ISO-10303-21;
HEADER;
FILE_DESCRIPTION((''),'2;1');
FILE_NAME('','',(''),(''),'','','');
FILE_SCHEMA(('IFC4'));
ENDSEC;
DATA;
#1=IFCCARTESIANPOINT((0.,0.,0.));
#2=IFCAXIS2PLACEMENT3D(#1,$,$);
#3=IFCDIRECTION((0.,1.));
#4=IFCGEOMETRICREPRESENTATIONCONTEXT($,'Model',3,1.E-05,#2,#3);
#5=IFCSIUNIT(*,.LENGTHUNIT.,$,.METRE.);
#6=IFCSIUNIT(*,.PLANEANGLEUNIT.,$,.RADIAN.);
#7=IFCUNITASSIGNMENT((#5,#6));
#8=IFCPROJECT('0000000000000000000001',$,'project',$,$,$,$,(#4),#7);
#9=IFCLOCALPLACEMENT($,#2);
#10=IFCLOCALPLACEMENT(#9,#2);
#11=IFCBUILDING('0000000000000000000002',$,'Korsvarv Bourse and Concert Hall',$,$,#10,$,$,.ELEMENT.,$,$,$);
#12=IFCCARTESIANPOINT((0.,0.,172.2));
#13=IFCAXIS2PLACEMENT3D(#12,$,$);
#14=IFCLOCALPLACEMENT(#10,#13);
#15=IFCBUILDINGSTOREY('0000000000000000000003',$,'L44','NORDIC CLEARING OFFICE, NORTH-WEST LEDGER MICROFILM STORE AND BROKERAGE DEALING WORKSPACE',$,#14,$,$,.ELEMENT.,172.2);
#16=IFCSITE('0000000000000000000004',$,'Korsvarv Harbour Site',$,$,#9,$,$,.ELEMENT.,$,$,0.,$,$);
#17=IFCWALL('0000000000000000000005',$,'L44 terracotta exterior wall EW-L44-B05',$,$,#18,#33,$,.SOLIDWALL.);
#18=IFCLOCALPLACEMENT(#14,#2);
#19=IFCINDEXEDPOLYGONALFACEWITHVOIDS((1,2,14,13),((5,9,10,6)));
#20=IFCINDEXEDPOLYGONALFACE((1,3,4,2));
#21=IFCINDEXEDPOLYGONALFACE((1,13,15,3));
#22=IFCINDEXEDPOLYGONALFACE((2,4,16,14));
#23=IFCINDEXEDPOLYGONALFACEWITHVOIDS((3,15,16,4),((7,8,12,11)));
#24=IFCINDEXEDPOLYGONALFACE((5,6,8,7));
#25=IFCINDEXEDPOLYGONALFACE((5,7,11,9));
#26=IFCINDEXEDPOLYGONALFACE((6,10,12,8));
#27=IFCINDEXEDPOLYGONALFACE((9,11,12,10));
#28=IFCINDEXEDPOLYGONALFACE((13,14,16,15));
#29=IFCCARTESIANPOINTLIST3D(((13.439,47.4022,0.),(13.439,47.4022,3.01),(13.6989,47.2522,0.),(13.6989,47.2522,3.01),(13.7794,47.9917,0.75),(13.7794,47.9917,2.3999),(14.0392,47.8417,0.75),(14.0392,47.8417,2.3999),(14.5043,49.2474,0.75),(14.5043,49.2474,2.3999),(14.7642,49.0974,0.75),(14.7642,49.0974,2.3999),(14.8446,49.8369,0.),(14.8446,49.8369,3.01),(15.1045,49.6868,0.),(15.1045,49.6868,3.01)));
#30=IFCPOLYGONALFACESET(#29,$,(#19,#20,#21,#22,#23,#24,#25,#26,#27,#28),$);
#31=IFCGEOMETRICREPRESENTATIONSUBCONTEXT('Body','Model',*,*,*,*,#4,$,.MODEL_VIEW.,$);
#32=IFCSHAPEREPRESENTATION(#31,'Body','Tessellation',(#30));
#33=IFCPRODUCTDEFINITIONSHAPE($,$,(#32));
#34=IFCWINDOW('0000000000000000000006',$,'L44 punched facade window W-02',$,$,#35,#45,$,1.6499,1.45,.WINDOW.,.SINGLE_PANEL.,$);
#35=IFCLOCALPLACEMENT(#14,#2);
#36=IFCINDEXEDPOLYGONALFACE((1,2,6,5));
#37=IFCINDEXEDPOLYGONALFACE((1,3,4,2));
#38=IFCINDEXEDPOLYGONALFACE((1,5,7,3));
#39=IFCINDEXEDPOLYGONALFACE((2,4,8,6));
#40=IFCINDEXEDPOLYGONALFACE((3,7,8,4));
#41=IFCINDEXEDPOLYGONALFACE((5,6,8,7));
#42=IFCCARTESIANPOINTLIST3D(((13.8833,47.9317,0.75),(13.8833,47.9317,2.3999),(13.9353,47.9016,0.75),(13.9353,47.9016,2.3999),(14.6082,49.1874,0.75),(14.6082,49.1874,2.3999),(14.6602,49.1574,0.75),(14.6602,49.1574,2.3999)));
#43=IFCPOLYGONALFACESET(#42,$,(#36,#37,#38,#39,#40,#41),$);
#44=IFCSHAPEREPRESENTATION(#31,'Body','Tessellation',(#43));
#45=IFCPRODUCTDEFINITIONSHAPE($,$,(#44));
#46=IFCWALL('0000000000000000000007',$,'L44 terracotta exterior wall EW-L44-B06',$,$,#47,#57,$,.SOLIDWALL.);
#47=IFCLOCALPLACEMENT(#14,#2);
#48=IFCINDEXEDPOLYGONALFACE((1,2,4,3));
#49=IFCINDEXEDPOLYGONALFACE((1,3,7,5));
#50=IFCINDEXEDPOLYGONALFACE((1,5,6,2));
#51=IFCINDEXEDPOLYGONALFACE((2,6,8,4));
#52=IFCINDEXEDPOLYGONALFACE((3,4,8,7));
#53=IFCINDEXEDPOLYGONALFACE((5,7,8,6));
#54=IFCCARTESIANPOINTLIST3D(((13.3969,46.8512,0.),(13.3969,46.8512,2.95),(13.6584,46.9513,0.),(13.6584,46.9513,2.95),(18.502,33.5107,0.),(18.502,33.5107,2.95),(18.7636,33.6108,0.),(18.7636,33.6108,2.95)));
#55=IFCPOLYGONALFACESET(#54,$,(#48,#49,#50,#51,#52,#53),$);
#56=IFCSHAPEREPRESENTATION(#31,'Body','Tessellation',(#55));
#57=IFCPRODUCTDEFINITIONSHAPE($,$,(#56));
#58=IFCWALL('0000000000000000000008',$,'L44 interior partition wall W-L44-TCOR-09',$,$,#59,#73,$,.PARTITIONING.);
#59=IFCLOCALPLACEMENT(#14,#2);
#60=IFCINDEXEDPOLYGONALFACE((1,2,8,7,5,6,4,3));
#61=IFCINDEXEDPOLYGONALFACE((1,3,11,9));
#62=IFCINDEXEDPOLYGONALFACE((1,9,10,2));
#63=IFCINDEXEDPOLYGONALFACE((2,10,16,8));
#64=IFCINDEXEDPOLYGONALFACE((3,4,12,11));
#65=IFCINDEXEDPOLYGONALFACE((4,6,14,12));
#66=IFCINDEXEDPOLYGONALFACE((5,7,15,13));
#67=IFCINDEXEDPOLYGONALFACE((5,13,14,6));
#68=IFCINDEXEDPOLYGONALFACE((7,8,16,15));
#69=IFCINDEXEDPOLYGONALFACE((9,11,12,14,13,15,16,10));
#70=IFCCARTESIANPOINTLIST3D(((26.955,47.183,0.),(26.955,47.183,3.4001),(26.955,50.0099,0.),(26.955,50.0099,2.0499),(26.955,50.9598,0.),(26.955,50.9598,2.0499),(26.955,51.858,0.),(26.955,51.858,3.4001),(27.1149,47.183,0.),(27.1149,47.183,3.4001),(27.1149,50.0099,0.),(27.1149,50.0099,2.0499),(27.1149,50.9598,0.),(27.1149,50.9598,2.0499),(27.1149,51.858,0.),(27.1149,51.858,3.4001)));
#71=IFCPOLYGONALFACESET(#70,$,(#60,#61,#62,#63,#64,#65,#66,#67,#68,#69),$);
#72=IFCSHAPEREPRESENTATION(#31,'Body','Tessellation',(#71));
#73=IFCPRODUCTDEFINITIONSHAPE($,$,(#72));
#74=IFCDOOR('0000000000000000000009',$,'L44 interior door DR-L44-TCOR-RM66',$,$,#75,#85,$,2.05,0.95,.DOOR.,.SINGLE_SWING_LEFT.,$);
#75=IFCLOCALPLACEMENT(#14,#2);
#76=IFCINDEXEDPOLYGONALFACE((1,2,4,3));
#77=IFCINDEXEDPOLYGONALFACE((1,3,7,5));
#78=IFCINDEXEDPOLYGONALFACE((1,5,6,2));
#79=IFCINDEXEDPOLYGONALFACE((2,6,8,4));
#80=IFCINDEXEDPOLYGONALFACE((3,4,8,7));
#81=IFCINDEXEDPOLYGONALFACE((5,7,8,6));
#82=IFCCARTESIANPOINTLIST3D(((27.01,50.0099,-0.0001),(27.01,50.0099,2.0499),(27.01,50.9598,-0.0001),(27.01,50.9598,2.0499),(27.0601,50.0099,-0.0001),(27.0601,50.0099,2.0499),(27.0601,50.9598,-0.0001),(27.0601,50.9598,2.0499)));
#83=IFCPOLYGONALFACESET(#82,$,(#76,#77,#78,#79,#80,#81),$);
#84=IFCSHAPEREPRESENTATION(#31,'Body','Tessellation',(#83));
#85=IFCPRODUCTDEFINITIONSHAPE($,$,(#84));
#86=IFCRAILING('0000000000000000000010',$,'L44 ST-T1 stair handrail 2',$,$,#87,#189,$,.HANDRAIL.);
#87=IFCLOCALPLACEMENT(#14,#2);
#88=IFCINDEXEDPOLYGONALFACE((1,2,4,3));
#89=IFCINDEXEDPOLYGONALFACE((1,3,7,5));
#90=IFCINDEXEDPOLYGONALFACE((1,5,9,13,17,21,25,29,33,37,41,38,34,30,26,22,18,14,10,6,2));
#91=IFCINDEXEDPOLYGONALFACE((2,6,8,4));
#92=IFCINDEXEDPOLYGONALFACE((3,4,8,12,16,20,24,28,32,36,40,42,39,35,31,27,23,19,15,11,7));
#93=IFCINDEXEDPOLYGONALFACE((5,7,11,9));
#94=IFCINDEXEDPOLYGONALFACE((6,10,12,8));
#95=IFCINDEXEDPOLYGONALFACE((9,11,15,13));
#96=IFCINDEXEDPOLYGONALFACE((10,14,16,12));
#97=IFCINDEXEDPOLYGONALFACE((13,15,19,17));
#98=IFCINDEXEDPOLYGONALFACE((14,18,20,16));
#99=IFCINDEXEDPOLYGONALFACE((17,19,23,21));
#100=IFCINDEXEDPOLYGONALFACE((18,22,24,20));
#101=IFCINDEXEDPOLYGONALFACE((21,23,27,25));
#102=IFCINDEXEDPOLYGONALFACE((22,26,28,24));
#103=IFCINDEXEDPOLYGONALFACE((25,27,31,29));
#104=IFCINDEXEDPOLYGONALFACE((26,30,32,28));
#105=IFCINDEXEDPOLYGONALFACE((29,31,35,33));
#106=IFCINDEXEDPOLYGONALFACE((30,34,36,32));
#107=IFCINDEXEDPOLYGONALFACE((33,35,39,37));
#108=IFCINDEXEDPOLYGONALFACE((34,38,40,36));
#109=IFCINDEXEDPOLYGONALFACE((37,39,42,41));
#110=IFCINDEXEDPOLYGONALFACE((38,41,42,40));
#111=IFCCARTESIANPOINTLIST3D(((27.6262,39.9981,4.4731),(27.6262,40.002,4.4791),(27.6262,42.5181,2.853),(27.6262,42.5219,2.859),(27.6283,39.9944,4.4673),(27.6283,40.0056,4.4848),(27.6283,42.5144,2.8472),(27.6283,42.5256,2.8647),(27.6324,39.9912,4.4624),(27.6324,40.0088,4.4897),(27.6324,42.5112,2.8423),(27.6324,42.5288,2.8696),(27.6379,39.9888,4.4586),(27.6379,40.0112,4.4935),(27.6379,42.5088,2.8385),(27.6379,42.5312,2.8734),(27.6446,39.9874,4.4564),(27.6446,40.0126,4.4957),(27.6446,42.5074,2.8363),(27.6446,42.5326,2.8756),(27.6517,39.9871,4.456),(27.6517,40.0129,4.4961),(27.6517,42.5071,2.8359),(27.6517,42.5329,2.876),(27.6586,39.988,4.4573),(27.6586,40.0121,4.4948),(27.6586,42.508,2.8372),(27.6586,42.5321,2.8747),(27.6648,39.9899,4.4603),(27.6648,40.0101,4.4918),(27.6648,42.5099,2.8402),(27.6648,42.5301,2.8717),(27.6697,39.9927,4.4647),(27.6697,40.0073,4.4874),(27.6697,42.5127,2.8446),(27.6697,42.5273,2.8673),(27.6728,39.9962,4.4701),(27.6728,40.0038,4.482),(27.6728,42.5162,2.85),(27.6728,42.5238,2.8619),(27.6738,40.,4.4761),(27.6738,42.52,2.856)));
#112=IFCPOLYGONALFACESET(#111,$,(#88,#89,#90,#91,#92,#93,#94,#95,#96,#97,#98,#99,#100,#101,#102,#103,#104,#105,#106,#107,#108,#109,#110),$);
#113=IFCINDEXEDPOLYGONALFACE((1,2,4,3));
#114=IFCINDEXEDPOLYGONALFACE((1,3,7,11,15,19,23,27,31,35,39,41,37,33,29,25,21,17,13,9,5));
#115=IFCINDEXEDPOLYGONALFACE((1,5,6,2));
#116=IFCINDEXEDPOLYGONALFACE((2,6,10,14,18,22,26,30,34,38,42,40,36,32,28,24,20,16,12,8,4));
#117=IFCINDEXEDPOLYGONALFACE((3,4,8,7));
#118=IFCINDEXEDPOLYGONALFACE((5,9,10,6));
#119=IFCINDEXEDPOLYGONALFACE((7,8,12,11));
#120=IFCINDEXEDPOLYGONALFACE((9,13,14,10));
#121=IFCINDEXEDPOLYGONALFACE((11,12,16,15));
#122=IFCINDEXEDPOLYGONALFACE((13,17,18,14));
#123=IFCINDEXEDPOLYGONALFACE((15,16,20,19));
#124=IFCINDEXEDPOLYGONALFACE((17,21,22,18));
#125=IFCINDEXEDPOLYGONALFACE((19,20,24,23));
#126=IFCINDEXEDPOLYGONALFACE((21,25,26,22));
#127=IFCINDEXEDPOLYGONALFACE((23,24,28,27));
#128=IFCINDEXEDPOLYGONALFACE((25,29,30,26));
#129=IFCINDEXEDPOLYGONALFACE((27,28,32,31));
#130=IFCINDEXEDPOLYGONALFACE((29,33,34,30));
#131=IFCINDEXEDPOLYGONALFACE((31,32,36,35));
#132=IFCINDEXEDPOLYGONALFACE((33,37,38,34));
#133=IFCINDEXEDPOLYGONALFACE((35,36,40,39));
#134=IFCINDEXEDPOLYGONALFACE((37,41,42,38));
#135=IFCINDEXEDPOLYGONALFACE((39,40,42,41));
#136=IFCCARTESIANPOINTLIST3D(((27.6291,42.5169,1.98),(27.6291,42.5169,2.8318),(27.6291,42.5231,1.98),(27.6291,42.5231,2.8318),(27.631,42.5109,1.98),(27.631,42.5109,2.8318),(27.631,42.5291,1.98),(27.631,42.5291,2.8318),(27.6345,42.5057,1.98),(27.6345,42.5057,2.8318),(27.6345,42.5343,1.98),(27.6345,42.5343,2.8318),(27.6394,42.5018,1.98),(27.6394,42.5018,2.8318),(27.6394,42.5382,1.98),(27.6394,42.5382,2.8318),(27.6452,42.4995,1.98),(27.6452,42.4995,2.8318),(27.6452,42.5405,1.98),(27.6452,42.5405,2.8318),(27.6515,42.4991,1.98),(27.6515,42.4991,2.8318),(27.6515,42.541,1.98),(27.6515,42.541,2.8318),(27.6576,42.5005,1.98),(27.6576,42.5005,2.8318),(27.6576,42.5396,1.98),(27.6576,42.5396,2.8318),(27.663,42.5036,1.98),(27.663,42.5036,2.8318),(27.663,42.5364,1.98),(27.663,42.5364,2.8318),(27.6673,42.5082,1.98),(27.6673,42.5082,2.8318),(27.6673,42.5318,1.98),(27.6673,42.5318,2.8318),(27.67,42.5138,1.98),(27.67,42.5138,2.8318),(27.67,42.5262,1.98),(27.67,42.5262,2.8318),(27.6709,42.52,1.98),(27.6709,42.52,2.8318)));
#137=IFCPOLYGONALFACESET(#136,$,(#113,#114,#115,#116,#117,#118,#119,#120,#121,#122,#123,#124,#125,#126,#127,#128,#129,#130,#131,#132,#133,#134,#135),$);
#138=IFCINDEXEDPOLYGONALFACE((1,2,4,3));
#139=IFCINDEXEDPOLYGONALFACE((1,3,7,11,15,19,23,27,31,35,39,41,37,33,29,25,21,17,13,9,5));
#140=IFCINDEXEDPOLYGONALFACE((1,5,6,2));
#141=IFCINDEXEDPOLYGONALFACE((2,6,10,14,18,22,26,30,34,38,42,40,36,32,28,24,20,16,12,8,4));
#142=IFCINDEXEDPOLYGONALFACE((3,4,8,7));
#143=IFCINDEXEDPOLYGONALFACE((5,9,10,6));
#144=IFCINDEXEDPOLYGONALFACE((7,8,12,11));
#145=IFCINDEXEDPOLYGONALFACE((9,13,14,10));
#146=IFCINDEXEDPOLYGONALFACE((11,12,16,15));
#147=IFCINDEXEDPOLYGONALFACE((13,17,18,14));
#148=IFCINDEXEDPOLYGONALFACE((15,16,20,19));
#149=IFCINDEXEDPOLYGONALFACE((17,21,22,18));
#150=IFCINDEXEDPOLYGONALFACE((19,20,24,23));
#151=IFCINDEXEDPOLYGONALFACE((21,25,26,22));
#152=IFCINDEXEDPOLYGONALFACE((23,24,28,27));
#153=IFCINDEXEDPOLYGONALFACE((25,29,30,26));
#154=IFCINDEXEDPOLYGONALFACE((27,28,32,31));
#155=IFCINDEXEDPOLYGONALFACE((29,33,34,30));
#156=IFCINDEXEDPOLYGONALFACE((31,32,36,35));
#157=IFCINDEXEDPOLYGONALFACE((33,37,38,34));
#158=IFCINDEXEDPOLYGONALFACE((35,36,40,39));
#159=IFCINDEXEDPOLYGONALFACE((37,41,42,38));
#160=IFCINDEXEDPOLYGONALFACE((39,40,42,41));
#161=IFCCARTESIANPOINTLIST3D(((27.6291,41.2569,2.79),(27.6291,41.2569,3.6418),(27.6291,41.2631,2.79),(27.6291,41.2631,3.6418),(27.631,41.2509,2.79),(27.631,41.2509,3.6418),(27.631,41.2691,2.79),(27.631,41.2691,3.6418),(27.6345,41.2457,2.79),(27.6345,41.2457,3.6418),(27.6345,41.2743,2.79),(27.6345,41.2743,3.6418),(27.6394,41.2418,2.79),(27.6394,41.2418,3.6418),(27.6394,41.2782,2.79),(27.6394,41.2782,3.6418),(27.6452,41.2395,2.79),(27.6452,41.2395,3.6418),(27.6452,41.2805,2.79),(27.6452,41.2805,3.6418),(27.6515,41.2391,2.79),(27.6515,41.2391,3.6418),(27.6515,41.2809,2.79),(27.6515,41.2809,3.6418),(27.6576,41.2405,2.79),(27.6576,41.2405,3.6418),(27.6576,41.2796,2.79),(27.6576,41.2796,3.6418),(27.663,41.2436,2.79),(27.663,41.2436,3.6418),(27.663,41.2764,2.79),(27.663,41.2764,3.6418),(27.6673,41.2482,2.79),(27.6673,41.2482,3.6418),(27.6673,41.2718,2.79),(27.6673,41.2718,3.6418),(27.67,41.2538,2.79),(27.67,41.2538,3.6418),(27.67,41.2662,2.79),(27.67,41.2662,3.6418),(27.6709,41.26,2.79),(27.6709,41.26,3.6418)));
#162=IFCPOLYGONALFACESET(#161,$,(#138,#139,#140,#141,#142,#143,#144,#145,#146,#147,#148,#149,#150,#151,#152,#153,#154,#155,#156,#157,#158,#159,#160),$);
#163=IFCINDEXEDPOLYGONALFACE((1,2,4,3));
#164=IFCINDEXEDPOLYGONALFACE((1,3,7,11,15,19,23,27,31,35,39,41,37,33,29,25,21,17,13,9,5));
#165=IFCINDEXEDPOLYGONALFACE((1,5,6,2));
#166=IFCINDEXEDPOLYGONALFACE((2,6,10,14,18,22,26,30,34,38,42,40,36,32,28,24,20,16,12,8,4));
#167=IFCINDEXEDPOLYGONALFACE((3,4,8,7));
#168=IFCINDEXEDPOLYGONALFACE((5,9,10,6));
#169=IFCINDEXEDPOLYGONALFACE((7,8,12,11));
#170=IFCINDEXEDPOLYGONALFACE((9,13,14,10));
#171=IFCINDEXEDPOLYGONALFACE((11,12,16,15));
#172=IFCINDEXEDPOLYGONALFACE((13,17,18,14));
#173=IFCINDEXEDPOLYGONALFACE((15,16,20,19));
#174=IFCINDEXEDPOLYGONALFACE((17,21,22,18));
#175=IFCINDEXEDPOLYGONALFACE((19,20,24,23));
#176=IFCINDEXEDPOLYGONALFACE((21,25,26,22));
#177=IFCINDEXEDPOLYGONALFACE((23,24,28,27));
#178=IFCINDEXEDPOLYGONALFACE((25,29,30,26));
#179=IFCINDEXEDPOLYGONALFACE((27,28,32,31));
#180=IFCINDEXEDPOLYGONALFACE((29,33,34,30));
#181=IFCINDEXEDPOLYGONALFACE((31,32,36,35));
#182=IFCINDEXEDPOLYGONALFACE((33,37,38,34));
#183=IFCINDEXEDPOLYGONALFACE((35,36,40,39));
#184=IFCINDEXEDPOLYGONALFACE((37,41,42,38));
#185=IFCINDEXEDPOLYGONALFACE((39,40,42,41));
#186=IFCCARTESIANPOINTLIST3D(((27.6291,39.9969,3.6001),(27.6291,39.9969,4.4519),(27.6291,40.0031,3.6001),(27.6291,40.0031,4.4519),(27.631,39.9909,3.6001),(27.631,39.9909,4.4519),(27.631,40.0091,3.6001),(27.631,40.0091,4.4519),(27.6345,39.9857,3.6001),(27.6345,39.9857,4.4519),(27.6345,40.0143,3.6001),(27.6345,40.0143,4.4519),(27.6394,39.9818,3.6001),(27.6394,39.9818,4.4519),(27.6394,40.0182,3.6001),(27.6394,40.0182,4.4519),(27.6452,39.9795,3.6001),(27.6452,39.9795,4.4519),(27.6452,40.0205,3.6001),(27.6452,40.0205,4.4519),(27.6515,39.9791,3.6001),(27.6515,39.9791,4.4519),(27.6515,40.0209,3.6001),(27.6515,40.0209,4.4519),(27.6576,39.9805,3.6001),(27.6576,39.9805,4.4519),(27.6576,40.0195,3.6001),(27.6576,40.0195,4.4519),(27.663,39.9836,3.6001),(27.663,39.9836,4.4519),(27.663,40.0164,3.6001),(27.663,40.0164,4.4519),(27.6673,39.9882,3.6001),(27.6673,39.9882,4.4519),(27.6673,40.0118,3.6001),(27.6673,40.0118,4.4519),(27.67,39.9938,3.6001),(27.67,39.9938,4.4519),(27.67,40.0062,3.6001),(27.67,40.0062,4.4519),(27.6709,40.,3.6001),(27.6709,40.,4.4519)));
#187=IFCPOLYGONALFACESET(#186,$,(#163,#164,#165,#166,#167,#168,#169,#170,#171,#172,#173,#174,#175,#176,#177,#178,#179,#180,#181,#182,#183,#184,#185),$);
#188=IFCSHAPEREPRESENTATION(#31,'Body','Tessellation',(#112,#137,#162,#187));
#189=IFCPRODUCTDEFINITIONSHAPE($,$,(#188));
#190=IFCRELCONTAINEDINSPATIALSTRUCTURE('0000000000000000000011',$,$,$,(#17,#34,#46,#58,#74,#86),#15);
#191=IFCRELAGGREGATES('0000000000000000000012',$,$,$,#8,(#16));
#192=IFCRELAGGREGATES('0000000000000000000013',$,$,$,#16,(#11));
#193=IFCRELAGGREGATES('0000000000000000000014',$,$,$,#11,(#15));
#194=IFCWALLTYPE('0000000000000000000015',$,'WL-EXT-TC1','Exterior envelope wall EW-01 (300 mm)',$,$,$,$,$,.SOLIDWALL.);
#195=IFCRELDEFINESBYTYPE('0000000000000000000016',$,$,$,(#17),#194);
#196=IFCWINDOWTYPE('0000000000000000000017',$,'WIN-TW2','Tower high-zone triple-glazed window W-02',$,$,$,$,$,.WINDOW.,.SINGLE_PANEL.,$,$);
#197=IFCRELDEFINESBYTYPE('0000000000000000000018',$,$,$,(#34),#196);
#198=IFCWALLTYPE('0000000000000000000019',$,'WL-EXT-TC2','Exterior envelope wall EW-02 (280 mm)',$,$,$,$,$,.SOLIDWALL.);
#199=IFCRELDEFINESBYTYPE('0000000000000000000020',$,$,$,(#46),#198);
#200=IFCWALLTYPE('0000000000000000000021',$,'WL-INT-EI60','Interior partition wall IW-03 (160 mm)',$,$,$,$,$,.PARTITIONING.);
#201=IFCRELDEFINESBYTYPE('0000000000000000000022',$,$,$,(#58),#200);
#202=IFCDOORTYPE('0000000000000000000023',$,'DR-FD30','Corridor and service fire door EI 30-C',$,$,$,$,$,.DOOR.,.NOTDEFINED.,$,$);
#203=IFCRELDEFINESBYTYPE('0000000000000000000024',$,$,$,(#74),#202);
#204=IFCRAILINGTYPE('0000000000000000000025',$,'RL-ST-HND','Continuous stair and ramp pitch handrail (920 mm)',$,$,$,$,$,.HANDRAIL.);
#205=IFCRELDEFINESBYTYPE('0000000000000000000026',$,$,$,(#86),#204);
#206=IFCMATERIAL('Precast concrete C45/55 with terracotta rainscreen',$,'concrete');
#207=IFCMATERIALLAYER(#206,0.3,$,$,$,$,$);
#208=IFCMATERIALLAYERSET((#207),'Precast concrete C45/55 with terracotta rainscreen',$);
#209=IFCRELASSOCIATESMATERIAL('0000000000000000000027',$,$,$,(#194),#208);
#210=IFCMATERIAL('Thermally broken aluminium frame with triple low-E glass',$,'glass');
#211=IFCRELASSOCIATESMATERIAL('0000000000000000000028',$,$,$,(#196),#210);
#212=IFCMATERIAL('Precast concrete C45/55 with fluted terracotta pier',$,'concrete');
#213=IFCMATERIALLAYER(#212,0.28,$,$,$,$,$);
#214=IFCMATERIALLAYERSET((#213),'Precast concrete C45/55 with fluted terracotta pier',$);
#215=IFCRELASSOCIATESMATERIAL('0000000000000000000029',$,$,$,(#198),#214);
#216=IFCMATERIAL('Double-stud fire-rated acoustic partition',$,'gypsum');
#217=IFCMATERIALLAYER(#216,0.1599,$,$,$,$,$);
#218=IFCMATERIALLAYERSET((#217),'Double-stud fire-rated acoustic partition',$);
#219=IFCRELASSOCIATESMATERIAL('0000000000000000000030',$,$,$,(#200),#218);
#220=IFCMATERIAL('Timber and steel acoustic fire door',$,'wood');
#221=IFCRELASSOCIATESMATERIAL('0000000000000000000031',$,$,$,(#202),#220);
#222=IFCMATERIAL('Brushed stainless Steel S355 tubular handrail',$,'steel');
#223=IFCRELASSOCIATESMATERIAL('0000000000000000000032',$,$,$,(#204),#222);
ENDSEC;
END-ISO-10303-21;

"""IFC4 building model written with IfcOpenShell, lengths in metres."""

from ifc_helpers import new_model, si_unit, direction, frame, frame_2d, origin, origin_2d, place, context, subcontext, project, spatial, rectangle, circle, extrude, material, layer, layer_set, type_object, element, fill, save


model = new_model("IFC4")

# Units and contexts
model_context = context("Model", 3, precision=1e-05, world=origin(), true_north=direction((0.0, 1.0)))
body_context = subcontext(model_context, "Body", "Model", "MODEL_VIEW")
ifc_project = project(units=[si_unit("LENGTHUNIT", "METRE"), si_unit("PLANEANGLEUNIT", "RADIAN")], contexts=[model_context])

# Site, building, storey
site_placement = place(None, origin())
site = spatial("IfcSite", under=ifc_project, at=site_placement, Name="Korsvarv Harbour Site", CompositionType="ELEMENT", RefElevation=0.0)
building_placement = place(site_placement, origin())
building = spatial("IfcBuilding", under=site, at=building_placement, Name="Korsvarv Bourse and Concert Hall", CompositionType="ELEMENT")
storey_placement = place(building_placement, frame((0.0, 0.0, 172.2)))
storey = spatial("IfcBuildingStorey", under=building, at=storey_placement, Name="L44", Description="NORDIC CLEARING OFFICE, NORTH-WEST LEDGER MICROFILM STORE AND BROKERAGE DEALING WORKSPACE", CompositionType="ELEMENT", Elevation=172.2)

# Wall, opening, window
ifc_material_1 = material(Name="Precast concrete C45/55 with terracotta rainscreen", Category="concrete")
ifc_layer_1 = layer(ifc_material_1, 0.3)
ifc_layer_set_1 = layer_set([ifc_layer_1], Name="Precast concrete C45/55 with terracotta rainscreen")
wall_type_1 = type_object("IfcWallType", Name="WL-EXT-TC1", Description="Exterior envelope wall EW-01 (300 mm)", PredefinedType="SOLIDWALL", material=ifc_layer_set_1)
wall_1_placement = place(storey_placement, frame((14.9746, 49.762, 0.0), z_axis=(0.0, 0.0, 1.0), x_axis=(-0.499978, -0.866038, 0.0)))
wall_1 = element("IfcWall", 1, at=wall_1_placement, inside=storey, type_object=wall_type_1, Name="L44 terracotta exterior wall EW-L44-B05", PredefinedType="SOLIDWALL", context=body_context, shape_type="SweptSolid", body=[
    extrude(rectangle(XDim=2.8113, YDim=0.3, at=frame_2d((1.4058, 0.0))), origin(), (0.0, 0.0, 1.0), 3.01),
])
opening_1_placement = place(wall_1_placement, frame((0.6807, 0.0, 0.75)))
opening_1 = element("IfcOpeningElement", 2, at=opening_1_placement, cuts=wall_1, PredefinedType="OPENING", context=body_context, shape_type="SweptSolid", body=[
    extrude(rectangle(XDim=1.45, YDim=1.6499, at=frame_2d((0.7251, 0.825))), frame((0.0, 0.1602, 0.0), z_axis=(0.0, -1.0, 0.0), x_axis=(1.0, 0.0, 0.0)), (0.0, 0.0, 1.0), 0.3201),
])
ifc_material_2 = material(Name="Thermally broken aluminium frame with triple low-E glass", Category="glass")
window_type = type_object("IfcWindowType", Name="WIN-TW2", Description="Tower high-zone triple-glazed window W-02", PartitioningType="SINGLE_PANEL", PredefinedType="WINDOW", material=ifc_material_2)
window_placement = place(opening_1_placement, origin())
window = element("IfcWindow", 3, at=window_placement, inside=storey, type_object=window_type, Name="L44 punched facade window W-02", OverallHeight=1.6499, OverallWidth=1.45, PartitioningType="SINGLE_PANEL", PredefinedType="WINDOW", context=body_context, shape_type="SweptSolid", body=[
    extrude(rectangle(XDim=1.45, YDim=1.6499, at=frame_2d((0.7251, 0.825))), frame((0.0, 0.03, 0.0), z_axis=(0.0, -1.0, 0.0), x_axis=(1.0, 0.0, 0.0)), (0.0, 0.0, 1.0), 0.0601),
])
fill(opening_1, window)

# Wall
ifc_material_3 = material(Name="Precast concrete C45/55 with fluted terracotta pier", Category="concrete")
ifc_layer_2 = layer(ifc_material_3, 0.28)
ifc_layer_set_2 = layer_set([ifc_layer_2], Name="Precast concrete C45/55 with fluted terracotta pier")
wall_type_2 = type_object("IfcWallType", Name="WL-EXT-TC2", Description="Exterior envelope wall EW-02 (280 mm)", PredefinedType="SOLIDWALL", material=ifc_layer_set_2)
wall_2_placement = place(storey_placement, frame((13.5276, 46.9014, 0.0), z_axis=(0.0, 0.0, 1.0), x_axis=(0.357407, -0.933949, 0.0)))
element("IfcWall", 4, at=wall_2_placement, inside=storey, type_object=wall_type_2, Name="L44 terracotta exterior wall EW-L44-B06", PredefinedType="SOLIDWALL", context=body_context, shape_type="SweptSolid", body=[
    extrude(rectangle(XDim=14.2839, YDim=0.28, at=frame_2d((7.1421, 0.0))), origin(), (0.0, 0.0, 1.0), 2.95),
])

# Wall, opening, door
ifc_material_4 = material(Name="Double-stud fire-rated acoustic partition", Category="gypsum")
ifc_layer_3 = layer(ifc_material_4, 0.1599)
ifc_layer_set_3 = layer_set([ifc_layer_3], Name="Double-stud fire-rated acoustic partition")
wall_type_3 = type_object("IfcWallType", Name="WL-INT-EI60", Description="Interior partition wall IW-03 (160 mm)", PredefinedType="PARTITIONING", material=ifc_layer_set_3)
wall_3_placement = place(storey_placement, frame((27.0349, 47.1831, 0.0), z_axis=(0.0, 0.0, 1.0), x_axis=(0.0, 1.0, 0.0)))
wall_3 = element("IfcWall", 5, at=wall_3_placement, inside=storey, type_object=wall_type_3, Name="L44 interior partition wall W-L44-TCOR-09", PredefinedType="PARTITIONING", context=body_context, shape_type="SweptSolid", body=[
    extrude(rectangle(XDim=4.675, YDim=0.1599, at=frame_2d((2.3374, 0.0))), origin(), (0.0, 0.0, 1.0), 3.4001),
])
opening_2_placement = place(wall_3_placement, frame((2.8267, 0.0, 0.0)))
opening_2 = element("IfcOpeningElement", 6, at=opening_2_placement, cuts=wall_3, PredefinedType="OPENING", context=body_context, shape_type="SweptSolid", body=[
    extrude(rectangle(XDim=0.95, YDim=2.05, at=frame_2d((0.4751, 1.0249))), frame((0.0, 0.0898, 0.0), z_axis=(0.0, -1.0, 0.0), x_axis=(1.0, 0.0, 0.0)), (0.0, 0.0, 1.0), 0.1799),
])
ifc_material_5 = material(Name="Timber and steel acoustic fire door", Category="wood")
door_type = type_object("IfcDoorType", Name="DR-FD30", Description="Corridor and service fire door EI 30-C", OperationType="NOTDEFINED", PredefinedType="DOOR", material=ifc_material_5)
door_placement = place(opening_2_placement, origin())
door = element("IfcDoor", 7, at=door_placement, inside=storey, type_object=door_type, Name="L44 interior door DR-L44-TCOR-RM66", OperationType="SINGLE_SWING_LEFT", OverallHeight=2.05, OverallWidth=0.95, PredefinedType="DOOR", context=body_context, shape_type="SweptSolid", body=[
    extrude(rectangle(XDim=0.95, YDim=2.05, at=frame_2d((0.4751, 1.0249))), frame((0.0, 0.0249, 0.0), z_axis=(0.0, -1.0, 0.0), x_axis=(1.0, 0.0, 0.0)), (0.0, 0.0, 1.0), 0.05),
])
fill(opening_2, door)

# Railing
ifc_material_6 = material(Name="Brushed stainless Steel S355 tubular handrail", Category="steel")
railing_type = type_object("IfcRailingType", Name="RL-ST-HND", Description="Continuous stair and ramp pitch handrail (920 mm)", PredefinedType="HANDRAIL", material=ifc_material_6)
railing_placement = place(storey_placement, frame((27.6499, 42.52, 1.98)))
element("IfcRailing", 8, at=railing_placement, inside=storey, type_object=railing_type, Name="L44 ST-T1 stair handrail 2", PredefinedType="HANDRAIL", context=body_context, shape_type="SweptSolid", body=[
    extrude(circle(Radius=0.0239, at=origin_2d()), frame((0.0, 0.0, 0.876), z_axis=(0.0, -0.841163, 0.540782), x_axis=(1.0, 0.0, 0.0)), (0.0, 0.0, 1.0), 2.9958),
    extrude(circle(Radius=0.021, at=origin_2d()), origin(), (0.0, 0.0, 1.0), 0.8518),
    extrude(circle(Radius=0.021, at=origin_2d()), frame((0.0, -1.26, 0.8101)), (0.0, 0.0, 1.0), 0.8518),
    extrude(circle(Radius=0.021, at=origin_2d()), frame((0.0, -2.52, 1.6201)), (0.0, 0.0, 1.0), 0.8518),
])

save(model, "model.ifc")
